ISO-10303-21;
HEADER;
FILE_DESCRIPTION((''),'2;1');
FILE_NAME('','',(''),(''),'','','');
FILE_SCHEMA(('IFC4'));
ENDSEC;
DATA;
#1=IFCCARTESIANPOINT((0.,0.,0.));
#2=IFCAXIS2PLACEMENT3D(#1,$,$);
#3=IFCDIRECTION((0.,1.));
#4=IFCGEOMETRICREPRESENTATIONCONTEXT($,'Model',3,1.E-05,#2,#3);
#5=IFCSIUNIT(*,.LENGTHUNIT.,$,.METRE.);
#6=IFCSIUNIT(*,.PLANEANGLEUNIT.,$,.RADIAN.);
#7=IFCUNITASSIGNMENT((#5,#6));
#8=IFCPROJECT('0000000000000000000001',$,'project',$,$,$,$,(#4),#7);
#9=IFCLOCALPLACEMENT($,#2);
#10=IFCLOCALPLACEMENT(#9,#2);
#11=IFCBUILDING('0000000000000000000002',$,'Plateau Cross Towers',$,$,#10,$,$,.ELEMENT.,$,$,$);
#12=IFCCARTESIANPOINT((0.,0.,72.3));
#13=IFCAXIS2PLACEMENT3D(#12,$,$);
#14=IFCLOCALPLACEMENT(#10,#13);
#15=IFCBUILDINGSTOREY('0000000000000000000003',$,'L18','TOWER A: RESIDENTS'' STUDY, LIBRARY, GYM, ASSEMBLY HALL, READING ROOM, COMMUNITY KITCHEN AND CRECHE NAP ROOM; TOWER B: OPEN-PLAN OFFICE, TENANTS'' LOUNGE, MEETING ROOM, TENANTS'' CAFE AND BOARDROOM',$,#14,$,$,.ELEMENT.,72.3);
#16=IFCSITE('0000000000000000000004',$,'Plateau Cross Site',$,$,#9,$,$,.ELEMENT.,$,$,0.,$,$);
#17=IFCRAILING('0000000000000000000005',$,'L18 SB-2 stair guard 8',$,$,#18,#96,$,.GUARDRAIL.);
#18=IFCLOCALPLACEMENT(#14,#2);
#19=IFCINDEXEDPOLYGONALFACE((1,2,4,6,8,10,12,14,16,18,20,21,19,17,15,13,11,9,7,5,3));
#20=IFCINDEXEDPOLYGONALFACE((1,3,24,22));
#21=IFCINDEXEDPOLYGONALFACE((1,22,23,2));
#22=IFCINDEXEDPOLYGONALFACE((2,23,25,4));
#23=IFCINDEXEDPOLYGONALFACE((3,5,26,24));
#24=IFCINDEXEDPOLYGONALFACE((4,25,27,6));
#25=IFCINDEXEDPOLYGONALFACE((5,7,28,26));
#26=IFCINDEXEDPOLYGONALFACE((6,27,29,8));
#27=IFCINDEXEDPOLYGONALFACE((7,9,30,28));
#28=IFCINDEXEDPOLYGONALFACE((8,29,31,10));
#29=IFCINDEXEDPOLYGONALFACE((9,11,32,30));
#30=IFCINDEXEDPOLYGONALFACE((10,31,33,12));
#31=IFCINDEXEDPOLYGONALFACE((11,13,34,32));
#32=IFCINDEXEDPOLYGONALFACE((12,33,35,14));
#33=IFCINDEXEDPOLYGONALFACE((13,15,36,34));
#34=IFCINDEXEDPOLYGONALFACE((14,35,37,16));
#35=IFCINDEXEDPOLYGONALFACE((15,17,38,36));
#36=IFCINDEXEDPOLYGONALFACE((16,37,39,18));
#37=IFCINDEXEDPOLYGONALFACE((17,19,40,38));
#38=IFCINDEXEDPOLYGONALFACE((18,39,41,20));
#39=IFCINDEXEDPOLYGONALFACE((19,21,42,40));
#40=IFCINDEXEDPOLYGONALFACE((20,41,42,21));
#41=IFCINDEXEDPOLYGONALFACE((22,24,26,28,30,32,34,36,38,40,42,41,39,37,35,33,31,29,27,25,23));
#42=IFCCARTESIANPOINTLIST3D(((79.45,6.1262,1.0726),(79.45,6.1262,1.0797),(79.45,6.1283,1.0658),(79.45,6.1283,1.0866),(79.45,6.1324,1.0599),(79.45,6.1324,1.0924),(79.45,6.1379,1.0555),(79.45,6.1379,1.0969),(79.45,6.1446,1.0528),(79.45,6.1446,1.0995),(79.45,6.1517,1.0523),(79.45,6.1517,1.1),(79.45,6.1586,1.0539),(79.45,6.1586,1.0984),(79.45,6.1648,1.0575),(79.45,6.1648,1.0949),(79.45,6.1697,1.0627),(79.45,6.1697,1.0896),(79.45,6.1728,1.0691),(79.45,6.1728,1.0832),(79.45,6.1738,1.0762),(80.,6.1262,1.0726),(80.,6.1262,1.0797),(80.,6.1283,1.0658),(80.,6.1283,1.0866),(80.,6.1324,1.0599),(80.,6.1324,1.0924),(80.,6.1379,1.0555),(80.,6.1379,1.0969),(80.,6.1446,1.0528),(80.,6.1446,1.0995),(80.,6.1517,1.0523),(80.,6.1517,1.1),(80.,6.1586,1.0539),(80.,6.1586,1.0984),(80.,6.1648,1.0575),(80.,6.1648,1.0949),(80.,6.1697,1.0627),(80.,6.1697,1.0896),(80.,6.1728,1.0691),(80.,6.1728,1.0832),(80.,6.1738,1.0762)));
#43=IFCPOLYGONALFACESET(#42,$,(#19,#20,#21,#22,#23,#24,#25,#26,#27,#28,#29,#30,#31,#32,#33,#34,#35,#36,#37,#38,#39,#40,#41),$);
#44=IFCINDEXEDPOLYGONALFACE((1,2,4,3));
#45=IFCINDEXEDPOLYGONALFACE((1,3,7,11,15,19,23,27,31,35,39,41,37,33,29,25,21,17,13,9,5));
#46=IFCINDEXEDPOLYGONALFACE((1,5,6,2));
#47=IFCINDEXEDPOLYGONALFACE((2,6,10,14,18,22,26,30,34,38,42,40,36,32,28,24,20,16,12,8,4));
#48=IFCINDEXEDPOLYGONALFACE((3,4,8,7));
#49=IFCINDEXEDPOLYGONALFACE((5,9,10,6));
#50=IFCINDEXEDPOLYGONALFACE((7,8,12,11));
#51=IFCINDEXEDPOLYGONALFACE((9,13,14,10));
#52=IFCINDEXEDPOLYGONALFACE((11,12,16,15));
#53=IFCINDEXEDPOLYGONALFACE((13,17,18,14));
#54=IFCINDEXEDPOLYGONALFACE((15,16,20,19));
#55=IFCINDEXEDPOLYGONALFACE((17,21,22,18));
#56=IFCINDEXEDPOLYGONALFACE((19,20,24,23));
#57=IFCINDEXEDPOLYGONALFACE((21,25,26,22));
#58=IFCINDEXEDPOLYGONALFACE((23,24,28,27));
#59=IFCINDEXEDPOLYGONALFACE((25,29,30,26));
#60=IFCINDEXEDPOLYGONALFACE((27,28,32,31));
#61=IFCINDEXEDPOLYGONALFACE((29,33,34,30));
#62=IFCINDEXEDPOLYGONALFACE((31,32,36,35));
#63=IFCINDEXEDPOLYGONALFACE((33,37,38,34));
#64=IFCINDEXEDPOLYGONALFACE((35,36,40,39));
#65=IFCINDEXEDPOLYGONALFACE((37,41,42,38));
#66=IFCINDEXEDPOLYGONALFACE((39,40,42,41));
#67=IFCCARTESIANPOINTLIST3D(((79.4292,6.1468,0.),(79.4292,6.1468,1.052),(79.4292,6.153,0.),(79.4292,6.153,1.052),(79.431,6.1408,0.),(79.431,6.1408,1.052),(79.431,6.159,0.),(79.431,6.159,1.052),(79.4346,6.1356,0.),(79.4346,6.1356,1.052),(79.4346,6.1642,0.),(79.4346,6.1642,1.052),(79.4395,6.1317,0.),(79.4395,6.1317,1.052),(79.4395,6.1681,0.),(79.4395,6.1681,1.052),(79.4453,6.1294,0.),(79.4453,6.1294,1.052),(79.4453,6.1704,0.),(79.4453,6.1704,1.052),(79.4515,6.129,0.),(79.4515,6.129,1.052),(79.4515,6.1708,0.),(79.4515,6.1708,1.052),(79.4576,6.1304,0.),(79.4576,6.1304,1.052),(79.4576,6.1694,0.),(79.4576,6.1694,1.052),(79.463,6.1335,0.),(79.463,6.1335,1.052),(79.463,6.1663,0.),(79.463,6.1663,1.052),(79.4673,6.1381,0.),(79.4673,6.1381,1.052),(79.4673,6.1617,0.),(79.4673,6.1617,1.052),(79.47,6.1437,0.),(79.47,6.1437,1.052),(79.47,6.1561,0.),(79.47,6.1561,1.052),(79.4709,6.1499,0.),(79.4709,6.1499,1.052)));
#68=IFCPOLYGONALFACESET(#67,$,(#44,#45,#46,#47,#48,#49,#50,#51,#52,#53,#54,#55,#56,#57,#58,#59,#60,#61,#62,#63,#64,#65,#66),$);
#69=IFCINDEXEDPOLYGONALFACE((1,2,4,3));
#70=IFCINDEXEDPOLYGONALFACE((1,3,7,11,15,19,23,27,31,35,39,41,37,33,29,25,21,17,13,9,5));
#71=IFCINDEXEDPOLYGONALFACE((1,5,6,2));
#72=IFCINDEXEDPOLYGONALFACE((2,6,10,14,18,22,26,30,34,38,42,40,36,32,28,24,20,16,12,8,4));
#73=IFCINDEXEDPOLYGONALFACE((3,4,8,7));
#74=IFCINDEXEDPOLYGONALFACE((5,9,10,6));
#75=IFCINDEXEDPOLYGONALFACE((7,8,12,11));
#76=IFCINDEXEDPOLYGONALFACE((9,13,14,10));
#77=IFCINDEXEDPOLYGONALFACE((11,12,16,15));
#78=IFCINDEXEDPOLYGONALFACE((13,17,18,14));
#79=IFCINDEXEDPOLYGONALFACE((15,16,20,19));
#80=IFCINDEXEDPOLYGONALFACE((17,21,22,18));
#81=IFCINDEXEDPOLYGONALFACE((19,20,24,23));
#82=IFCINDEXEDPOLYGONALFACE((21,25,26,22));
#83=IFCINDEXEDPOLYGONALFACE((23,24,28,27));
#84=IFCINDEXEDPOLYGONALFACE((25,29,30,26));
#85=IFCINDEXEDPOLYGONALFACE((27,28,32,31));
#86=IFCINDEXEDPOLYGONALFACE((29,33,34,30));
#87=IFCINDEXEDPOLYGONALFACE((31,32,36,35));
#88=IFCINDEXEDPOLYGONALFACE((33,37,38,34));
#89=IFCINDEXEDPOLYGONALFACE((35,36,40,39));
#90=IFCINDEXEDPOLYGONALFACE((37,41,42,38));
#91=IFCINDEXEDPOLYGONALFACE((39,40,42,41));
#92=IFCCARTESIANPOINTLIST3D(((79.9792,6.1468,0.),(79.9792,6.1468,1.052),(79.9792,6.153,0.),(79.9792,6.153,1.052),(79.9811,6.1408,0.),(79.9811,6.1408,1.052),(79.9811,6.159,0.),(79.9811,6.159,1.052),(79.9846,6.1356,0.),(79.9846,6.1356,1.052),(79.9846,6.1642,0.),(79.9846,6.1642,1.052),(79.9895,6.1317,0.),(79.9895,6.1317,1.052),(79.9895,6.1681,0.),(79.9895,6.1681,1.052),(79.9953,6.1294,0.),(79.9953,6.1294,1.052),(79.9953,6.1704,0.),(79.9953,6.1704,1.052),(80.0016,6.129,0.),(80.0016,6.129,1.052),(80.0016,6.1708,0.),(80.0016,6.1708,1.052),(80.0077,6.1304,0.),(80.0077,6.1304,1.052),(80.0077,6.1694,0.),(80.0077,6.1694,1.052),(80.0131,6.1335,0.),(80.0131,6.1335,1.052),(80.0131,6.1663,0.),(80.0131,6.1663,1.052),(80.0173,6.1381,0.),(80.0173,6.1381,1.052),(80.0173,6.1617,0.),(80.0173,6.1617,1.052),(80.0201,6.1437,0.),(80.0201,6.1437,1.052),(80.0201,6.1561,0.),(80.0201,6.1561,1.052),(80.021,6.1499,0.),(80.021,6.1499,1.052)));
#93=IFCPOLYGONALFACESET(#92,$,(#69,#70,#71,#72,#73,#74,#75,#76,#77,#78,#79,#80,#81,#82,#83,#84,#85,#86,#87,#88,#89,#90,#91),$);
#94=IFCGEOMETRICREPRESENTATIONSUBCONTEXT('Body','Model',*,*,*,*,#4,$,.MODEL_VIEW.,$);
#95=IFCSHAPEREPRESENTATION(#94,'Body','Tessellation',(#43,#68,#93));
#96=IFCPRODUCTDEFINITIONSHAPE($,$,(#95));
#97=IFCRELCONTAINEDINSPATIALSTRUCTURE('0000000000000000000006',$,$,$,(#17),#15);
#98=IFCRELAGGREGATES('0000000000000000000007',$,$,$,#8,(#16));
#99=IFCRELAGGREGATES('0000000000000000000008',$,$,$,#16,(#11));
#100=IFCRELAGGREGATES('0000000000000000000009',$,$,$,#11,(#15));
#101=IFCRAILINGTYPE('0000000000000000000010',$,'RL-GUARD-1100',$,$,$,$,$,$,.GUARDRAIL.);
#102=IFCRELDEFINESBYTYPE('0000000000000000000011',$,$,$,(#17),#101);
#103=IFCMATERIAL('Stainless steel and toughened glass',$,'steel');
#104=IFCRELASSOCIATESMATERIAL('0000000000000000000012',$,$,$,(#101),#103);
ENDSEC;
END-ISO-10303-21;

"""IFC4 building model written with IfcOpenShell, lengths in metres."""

from ifc_helpers import new_model, si_unit, direction, frame, origin, origin_2d, place, context, subcontext, project, spatial, circle, extrude, material, type_object, element, save


model = new_model("IFC4")

# Units and contexts
model_context = context("Model", 3, precision=1e-05, world=origin(), true_north=direction((0.0, 1.0)))
body_context = subcontext(model_context, "Body", "Model", "MODEL_VIEW")
ifc_project = project(units=[si_unit("LENGTHUNIT", "METRE"), si_unit("PLANEANGLEUNIT", "RADIAN")], contexts=[model_context])

# Site, building, storey
site_placement = place(None, origin())
site = spatial("IfcSite", under=ifc_project, at=site_placement, Name="Plateau Cross Site", CompositionType="ELEMENT", RefElevation=0.0)
building_placement = place(site_placement, origin())
building = spatial("IfcBuilding", under=site, at=building_placement, Name="Plateau Cross Towers", CompositionType="ELEMENT")
storey_placement = place(building_placement, frame((0.0, 0.0, 72.3)))
storey = spatial("IfcBuildingStorey", under=building, at=storey_placement, Name="L18", Description="TOWER A: RESIDENTS' STUDY, LIBRARY, GYM, ASSEMBLY HALL, READING ROOM, COMMUNITY KITCHEN AND CRECHE NAP ROOM; TOWER B: OPEN-PLAN OFFICE, TENANTS' LOUNGE, MEETING ROOM, TENANTS' CAFE AND BOARDROOM", CompositionType="ELEMENT", Elevation=72.3)

# Railing
ifc_material_1 = material(Name="Stainless steel and toughened glass", Category="steel")
railing_type_1 = type_object("IfcRailingType", Name="RL-GUARD-1100", PredefinedType="GUARDRAIL", material=ifc_material_1)
railing_1_placement = place(storey_placement, frame((79.45, 6.1499, 0.0)))
element("IfcRailing", 1, at=railing_1_placement, inside=storey, type_object=railing_type_1, Name="L18 SB-2 stair guard 8", PredefinedType="GUARDRAIL", context=body_context, shape_type="SweptSolid", body=[
    extrude(circle(Radius=0.0239, at=origin_2d()), frame((0.0, 0.0, 1.0762), z_axis=(1.0, 0.0, 0.0), x_axis=(0.0, 1.0, 0.0)), (0.0, 0.0, 1.0), 0.55),
    extrude(circle(Radius=0.021, at=origin_2d()), origin(), (0.0, 0.0, 1.0), 1.052),
    extrude(circle(Radius=0.021, at=origin_2d()), frame((0.55, 0.0, 0.0)), (0.0, 0.0, 1.0), 1.052),
])

save(model, "model.ifc")
